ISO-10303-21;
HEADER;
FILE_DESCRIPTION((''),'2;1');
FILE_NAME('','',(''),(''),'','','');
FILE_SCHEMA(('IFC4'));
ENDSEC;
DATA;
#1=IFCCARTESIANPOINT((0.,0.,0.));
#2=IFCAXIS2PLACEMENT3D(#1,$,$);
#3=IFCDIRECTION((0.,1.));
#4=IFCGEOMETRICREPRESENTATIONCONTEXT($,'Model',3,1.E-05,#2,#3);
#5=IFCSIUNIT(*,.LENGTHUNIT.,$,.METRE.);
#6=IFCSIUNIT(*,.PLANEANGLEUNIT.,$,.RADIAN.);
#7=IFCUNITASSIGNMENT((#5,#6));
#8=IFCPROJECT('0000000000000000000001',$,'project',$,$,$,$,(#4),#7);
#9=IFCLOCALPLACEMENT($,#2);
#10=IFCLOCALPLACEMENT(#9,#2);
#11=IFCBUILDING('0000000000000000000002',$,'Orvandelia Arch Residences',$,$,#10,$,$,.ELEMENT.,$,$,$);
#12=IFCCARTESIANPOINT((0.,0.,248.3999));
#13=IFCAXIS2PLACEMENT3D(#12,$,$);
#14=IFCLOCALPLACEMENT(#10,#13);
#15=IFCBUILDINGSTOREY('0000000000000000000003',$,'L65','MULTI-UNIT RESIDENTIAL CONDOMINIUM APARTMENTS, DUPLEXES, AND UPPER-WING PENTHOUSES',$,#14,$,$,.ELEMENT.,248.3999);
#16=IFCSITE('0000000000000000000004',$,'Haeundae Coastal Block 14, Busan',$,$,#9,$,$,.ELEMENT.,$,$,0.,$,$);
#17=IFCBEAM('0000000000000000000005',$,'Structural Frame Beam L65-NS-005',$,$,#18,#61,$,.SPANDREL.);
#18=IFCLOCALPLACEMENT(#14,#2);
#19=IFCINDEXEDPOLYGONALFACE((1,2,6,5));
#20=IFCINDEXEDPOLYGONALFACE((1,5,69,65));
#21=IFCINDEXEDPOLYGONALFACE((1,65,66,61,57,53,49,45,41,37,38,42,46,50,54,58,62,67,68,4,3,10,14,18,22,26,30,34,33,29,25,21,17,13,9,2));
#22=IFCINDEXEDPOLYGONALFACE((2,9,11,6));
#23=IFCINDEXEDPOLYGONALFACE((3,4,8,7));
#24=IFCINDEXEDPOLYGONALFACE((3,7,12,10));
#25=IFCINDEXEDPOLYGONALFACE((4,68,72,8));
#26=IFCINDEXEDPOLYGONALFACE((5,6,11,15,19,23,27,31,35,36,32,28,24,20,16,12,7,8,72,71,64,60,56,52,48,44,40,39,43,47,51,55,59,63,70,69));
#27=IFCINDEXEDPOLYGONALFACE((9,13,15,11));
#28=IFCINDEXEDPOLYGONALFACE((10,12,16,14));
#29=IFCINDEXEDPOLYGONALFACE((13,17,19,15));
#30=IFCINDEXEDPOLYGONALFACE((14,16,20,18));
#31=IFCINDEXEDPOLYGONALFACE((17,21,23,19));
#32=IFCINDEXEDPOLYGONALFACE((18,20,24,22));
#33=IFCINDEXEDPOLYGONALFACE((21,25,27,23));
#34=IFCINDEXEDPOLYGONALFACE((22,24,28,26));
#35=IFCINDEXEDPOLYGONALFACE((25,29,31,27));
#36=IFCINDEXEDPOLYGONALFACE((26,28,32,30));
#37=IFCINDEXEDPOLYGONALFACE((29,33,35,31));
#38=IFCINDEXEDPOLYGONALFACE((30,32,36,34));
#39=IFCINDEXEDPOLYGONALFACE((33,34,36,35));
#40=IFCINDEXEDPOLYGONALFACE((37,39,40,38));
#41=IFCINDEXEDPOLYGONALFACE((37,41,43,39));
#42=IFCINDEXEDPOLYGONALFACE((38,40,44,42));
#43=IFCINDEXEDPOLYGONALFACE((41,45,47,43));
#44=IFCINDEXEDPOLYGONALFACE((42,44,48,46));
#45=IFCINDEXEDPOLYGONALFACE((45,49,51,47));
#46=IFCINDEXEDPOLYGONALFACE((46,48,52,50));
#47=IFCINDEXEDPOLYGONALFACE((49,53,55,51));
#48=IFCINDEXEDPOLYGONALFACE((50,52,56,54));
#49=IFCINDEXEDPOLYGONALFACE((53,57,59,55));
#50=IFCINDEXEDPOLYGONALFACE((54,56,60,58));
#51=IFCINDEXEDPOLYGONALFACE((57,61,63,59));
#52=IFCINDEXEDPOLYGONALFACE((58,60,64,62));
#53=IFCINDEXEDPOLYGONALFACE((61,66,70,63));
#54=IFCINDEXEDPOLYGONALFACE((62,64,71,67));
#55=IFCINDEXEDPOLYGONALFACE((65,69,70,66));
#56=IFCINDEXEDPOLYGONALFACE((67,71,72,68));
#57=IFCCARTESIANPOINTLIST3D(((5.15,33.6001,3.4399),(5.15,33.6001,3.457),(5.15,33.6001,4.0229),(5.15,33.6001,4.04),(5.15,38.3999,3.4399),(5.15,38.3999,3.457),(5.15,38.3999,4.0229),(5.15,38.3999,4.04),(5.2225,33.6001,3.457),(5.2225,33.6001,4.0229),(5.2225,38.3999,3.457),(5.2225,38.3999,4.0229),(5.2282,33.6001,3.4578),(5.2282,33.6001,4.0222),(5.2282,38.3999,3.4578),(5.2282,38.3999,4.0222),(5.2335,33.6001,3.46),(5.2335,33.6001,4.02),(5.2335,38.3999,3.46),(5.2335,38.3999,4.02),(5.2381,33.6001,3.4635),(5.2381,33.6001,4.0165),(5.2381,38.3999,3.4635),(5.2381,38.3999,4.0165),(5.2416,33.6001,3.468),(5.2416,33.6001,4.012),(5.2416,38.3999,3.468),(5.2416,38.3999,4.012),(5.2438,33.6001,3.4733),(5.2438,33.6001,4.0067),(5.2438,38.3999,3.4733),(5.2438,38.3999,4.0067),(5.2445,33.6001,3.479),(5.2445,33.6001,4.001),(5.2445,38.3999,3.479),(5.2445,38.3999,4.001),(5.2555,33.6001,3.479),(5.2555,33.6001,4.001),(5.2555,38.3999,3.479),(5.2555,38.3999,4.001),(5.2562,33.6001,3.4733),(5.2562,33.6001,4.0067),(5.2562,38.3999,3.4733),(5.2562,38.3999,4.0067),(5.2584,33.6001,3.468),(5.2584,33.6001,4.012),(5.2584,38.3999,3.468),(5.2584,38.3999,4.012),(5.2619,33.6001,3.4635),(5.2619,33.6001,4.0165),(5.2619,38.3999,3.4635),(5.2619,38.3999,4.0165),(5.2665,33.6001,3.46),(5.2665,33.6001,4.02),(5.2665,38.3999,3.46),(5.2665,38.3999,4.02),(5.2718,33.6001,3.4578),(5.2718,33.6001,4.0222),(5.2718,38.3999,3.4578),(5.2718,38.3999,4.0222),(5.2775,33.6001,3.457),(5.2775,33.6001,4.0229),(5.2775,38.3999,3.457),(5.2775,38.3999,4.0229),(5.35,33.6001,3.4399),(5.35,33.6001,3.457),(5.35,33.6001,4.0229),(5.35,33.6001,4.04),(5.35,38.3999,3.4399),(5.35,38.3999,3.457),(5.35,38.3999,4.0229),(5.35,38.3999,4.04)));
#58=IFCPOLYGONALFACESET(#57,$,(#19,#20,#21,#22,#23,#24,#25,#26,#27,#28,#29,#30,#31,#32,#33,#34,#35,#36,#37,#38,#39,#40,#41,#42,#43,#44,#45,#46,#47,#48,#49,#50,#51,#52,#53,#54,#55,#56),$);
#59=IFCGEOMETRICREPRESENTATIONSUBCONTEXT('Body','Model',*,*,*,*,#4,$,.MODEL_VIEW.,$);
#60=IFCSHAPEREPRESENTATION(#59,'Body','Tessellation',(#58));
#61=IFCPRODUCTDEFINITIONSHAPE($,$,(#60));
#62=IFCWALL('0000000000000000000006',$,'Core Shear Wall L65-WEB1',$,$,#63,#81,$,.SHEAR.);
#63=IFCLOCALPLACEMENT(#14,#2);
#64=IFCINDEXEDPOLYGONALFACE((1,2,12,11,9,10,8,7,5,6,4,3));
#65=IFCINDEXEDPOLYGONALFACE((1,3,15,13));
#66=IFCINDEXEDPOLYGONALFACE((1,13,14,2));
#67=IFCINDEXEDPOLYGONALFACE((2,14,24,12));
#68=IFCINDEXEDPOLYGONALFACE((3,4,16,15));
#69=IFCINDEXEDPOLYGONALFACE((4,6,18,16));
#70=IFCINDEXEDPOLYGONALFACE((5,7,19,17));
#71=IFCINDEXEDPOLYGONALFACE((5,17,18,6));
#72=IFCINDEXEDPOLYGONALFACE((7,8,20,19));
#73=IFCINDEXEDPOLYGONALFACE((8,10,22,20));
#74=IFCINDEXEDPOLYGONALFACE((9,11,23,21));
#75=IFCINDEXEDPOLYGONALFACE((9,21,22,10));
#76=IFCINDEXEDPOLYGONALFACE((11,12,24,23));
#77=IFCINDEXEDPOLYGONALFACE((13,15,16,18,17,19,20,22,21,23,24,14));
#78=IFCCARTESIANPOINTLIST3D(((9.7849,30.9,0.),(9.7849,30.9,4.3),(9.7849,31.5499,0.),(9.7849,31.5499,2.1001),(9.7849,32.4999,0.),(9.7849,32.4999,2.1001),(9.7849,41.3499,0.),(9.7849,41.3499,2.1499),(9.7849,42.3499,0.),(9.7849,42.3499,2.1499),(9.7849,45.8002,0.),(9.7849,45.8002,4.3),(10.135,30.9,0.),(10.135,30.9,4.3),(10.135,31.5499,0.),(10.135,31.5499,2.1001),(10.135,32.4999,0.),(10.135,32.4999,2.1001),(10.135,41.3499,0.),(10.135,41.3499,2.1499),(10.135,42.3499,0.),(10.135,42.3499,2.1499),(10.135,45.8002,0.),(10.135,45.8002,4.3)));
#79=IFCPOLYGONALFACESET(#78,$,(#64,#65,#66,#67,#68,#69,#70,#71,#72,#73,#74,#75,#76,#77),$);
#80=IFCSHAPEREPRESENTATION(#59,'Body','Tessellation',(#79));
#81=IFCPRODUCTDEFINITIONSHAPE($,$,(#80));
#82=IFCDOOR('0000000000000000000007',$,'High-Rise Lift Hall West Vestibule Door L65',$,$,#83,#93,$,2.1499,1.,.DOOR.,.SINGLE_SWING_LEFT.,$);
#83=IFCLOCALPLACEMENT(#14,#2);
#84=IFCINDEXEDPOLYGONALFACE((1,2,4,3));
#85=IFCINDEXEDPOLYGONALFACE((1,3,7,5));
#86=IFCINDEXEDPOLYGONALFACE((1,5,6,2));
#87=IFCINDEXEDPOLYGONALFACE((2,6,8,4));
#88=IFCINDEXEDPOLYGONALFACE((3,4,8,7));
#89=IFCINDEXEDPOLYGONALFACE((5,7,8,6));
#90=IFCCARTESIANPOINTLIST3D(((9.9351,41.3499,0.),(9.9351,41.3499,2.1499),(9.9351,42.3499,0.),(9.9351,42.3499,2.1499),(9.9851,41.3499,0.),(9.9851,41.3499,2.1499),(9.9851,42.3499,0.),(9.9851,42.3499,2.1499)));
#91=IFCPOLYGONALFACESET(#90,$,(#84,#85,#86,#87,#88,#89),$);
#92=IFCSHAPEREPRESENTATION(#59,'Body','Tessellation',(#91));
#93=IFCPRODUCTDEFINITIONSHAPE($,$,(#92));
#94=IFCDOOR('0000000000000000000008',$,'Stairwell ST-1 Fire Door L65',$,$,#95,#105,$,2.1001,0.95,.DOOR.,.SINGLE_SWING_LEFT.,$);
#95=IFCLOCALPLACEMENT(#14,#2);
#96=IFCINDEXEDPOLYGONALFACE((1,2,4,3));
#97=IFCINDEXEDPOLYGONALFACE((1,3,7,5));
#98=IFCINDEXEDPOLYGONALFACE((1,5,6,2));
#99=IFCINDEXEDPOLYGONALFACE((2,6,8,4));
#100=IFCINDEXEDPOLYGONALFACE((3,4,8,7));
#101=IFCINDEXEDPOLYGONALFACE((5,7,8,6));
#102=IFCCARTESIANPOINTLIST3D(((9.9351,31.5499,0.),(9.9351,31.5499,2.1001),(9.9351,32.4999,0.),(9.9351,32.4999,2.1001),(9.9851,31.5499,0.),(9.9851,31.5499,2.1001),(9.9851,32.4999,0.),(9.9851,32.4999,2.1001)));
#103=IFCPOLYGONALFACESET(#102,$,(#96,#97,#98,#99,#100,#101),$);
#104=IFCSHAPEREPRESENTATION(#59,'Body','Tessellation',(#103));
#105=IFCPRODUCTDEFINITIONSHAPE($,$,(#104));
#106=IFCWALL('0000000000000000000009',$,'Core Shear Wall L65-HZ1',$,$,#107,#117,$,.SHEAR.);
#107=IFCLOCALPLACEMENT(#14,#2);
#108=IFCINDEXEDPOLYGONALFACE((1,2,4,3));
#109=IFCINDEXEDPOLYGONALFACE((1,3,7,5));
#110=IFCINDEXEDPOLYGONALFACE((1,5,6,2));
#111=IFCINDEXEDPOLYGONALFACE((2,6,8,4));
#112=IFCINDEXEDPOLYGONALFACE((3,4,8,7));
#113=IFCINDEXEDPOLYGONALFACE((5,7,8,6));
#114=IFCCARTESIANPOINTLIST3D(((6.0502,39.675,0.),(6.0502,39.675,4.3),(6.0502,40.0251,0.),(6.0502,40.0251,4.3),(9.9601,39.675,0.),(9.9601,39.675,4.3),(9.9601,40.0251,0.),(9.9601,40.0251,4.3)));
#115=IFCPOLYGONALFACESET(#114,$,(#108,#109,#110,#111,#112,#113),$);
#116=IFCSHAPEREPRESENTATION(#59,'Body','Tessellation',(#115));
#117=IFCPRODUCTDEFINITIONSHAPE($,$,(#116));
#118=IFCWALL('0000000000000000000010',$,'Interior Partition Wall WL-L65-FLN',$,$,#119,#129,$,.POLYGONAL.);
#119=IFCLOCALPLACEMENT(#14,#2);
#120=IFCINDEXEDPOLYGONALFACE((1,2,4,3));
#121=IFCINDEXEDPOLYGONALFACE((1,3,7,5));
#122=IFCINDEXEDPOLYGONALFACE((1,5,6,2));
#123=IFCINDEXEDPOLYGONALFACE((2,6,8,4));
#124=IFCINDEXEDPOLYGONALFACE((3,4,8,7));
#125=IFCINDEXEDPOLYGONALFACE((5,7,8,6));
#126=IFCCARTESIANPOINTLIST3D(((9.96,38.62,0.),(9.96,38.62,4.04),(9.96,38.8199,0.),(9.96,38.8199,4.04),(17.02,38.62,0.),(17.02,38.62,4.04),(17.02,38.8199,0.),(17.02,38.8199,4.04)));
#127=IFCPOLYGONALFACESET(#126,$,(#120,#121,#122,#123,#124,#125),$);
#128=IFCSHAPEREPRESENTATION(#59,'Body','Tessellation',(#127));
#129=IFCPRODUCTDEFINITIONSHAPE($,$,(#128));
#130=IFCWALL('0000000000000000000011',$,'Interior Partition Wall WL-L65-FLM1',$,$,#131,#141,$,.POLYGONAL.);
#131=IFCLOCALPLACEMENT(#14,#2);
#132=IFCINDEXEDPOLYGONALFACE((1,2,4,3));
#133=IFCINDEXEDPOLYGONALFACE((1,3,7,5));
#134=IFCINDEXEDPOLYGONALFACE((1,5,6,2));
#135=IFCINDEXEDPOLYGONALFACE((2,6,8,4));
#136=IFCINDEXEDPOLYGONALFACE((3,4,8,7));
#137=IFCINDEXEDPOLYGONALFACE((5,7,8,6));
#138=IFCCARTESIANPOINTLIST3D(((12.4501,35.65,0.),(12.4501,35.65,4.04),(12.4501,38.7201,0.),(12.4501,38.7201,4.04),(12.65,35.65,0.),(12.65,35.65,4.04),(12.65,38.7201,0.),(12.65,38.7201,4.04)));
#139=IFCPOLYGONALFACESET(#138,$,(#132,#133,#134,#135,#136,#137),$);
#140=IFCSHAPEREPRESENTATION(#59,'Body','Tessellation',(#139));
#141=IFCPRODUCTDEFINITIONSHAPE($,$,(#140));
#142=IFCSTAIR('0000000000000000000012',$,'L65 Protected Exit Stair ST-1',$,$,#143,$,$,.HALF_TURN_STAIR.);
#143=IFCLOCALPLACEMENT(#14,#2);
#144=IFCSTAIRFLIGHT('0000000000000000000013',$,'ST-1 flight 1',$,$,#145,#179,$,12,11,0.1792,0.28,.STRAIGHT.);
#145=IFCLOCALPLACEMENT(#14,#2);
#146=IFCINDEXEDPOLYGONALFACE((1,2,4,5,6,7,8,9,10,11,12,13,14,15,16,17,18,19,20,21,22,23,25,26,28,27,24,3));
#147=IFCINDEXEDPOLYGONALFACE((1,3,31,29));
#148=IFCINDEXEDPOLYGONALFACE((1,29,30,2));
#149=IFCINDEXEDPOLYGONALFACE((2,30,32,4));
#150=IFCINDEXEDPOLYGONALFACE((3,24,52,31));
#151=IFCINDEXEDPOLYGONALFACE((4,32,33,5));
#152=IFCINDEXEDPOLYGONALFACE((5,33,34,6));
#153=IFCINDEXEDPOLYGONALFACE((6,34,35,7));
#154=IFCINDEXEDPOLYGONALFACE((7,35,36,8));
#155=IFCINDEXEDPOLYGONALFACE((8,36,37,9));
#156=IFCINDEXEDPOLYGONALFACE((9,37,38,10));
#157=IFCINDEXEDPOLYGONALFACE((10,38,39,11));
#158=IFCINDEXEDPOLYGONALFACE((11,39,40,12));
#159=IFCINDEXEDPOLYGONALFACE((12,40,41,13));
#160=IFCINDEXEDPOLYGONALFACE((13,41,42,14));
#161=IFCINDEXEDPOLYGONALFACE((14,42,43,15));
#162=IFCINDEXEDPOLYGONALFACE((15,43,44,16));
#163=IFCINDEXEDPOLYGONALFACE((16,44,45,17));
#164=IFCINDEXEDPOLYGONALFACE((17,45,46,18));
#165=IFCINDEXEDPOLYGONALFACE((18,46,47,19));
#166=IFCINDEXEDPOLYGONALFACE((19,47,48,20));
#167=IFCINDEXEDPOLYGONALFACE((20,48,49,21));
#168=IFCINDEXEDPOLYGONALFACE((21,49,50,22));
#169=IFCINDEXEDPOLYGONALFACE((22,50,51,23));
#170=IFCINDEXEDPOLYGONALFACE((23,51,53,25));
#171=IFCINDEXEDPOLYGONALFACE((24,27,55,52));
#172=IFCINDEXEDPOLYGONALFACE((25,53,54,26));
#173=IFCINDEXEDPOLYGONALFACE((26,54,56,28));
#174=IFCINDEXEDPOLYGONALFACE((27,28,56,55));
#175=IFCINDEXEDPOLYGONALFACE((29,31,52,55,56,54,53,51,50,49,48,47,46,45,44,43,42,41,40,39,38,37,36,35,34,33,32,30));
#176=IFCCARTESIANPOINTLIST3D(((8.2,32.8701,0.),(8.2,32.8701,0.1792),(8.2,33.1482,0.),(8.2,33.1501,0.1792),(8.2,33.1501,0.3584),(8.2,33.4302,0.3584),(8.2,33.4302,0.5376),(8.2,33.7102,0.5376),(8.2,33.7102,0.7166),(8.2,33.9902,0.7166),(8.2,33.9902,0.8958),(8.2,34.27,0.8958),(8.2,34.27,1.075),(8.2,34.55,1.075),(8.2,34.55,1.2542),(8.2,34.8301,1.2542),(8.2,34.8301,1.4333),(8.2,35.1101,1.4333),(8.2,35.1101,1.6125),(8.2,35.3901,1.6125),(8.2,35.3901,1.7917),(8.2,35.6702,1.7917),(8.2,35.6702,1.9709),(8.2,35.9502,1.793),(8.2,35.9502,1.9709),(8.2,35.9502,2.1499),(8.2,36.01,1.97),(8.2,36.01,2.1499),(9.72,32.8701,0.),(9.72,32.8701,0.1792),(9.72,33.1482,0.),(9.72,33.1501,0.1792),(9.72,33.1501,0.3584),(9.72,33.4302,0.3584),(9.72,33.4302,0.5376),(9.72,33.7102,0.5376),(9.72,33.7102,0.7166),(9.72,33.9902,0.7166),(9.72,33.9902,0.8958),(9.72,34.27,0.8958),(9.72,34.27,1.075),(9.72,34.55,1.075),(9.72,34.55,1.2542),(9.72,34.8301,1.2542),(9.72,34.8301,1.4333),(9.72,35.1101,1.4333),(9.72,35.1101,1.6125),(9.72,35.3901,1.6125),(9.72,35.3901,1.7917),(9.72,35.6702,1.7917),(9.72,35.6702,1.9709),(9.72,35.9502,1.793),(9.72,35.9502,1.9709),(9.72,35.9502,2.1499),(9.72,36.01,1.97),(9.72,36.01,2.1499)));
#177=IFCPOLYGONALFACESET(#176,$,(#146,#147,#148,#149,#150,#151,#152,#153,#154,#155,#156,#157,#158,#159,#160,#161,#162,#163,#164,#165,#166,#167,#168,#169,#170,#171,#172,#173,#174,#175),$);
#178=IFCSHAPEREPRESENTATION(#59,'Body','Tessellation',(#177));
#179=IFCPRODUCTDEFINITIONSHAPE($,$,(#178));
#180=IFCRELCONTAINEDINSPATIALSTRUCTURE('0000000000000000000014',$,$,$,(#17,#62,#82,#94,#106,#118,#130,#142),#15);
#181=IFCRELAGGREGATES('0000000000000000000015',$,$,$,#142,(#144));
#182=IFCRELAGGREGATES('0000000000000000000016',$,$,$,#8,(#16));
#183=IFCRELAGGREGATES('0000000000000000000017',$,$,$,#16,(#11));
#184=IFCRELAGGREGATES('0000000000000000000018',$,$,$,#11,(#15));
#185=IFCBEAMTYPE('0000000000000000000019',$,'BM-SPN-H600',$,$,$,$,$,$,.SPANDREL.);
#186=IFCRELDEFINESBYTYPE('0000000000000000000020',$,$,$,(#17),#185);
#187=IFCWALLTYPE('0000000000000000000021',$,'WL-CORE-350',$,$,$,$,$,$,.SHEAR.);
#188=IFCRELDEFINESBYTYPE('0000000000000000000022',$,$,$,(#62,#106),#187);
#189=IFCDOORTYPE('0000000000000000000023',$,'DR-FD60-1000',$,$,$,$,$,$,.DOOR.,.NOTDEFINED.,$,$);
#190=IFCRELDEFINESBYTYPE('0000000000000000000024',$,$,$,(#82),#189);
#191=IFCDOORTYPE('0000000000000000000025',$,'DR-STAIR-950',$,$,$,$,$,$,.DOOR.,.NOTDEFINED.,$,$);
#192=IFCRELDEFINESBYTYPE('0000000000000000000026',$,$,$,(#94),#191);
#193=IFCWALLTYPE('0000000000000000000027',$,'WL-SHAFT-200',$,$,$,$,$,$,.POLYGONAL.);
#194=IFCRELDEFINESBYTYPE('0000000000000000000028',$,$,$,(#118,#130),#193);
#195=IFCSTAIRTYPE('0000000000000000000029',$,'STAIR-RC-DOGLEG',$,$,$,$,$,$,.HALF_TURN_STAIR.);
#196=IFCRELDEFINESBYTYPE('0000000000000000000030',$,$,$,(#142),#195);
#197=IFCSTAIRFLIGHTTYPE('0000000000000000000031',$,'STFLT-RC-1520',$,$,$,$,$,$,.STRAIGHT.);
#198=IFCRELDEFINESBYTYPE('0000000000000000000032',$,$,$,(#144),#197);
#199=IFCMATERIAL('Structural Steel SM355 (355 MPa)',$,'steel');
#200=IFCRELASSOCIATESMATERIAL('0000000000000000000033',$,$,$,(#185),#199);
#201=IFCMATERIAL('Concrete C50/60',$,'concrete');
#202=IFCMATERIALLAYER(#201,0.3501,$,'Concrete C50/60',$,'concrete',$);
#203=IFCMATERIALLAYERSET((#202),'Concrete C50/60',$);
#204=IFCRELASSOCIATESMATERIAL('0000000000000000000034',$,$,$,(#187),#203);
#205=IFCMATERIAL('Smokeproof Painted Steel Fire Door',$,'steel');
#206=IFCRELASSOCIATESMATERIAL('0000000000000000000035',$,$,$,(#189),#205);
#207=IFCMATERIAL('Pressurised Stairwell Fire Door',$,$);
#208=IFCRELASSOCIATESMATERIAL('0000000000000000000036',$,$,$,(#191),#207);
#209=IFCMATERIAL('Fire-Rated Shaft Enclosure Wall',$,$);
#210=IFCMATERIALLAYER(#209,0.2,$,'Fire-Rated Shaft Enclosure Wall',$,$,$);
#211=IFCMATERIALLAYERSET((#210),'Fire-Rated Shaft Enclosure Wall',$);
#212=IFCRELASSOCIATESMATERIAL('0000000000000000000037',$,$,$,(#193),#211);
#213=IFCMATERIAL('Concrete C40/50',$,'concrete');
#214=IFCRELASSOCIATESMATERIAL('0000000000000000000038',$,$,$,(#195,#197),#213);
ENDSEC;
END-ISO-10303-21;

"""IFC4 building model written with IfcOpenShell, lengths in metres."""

from ifc_helpers import new_model, si_unit, direction, frame, frame_2d, origin, origin_2d, place, context, subcontext, project, spatial, polyline, rectangle, i_section, outline, extrude, material, layer, layer_set, material_profile, profile_set, type_object, element, fill, aggregate, save


model = new_model("IFC4")

# Units and contexts
model_context = context("Model", 3, precision=1e-05, world=origin(), true_north=direction((0.0, 1.0)))
body_context = subcontext(model_context, "Body", "Model", "MODEL_VIEW")
ifc_project = project(units=[si_unit("LENGTHUNIT", "METRE"), si_unit("PLANEANGLEUNIT", "RADIAN")], contexts=[model_context])

# Site, building, storey
site_placement = place(None, origin())
site = spatial("IfcSite", under=ifc_project, at=site_placement, Name="Haeundae Coastal Block 14, Busan", CompositionType="ELEMENT", RefElevation=0.0)
building_placement = place(site_placement, origin())
building = spatial("IfcBuilding", under=site, at=building_placement, Name="Orvandelia Arch Residences", CompositionType="ELEMENT")
storey_placement = place(building_placement, frame((0.0, 0.0, 248.3999)))
storey = spatial("IfcBuildingStorey", under=building, at=storey_placement, Name="L65", Description="MULTI-UNIT RESIDENTIAL CONDOMINIUM APARTMENTS, DUPLEXES, AND UPPER-WING PENTHOUSES", CompositionType="ELEMENT", Elevation=248.3999)

# Shared definitions
ifc_material_1 = material(Name="Concrete C50/60", Category="concrete")

# Beam
ifc_material_2 = material(Name="Structural Steel SM355 (355 MPa)", Category="steel")
ifc_material_profile_1 = material_profile(ifc_material_2, i_section(OverallWidth=0.2, OverallDepth=0.6001, WebThickness=0.011, FlangeThickness=0.0171, FilletRadius=0.022, at=origin_2d()), Name="Structural Steel SM355 (355 MPa)", Category="steel")
ifc_profile_set_1 = profile_set([ifc_material_profile_1], Name="Structural Steel SM355 (355 MPa)")
beam_type_1 = type_object("IfcBeamType", Name="BM-SPN-H600", PredefinedType="SPANDREL", material=ifc_profile_set_1)
beam_1_placement = place(storey_placement, frame((5.25, 33.6001, 3.74), z_axis=(0.0, 1.0, 0.0), x_axis=(-1.0, 0.0, 0.0)))
element("IfcBeam", 1, at=beam_1_placement, inside=storey, type_object=beam_type_1, Name="Structural Frame Beam L65-NS-005", PredefinedType="SPANDREL", context=body_context, shape_type="SweptSolid", body=[
    extrude(i_section(OverallWidth=0.2, OverallDepth=0.6001, WebThickness=0.011, FlangeThickness=0.0171, FilletRadius=0.022, at=origin_2d()), origin(), (0.0, 0.0, 1.0), 4.7998),
])

# Wall, openings, doors
ifc_layer_1 = layer(ifc_material_1, 0.3501, Name="Concrete C50/60", Category="concrete")
ifc_layer_set_1 = layer_set([ifc_layer_1], Name="Concrete C50/60")
wall_type_1 = type_object("IfcWallType", Name="WL-CORE-350", PredefinedType="SHEAR", material=ifc_layer_set_1)
wall_1_placement = place(storey_placement, frame((9.96, 30.8999, 0.0), z_axis=(0.0, 0.0, 1.0), x_axis=(0.0, 1.0, 0.0)))
wall_1 = element("IfcWall", 2, at=wall_1_placement, inside=storey, type_object=wall_type_1, Name="Core Shear Wall L65-WEB1", PredefinedType="SHEAR", context=body_context, shape_type="SweptSolid", body=[
    extrude(rectangle(XDim=14.9001, YDim=0.3501, at=frame_2d((7.4502, 0.0))), origin(), (0.0, 0.0, 1.0), 4.3),
])
opening_1_placement = place(wall_1_placement, frame((0.6499, 0.0, 0.0)))
opening_1 = element("IfcOpeningElement", 3, at=opening_1_placement, cuts=wall_1, PredefinedType="OPENING", context=body_context, shape_type="SweptSolid", body=[
    extrude(rectangle(XDim=0.95, YDim=2.1001, at=frame_2d((0.4751, 1.05))), frame((0.0, 0.1851, 0.0), z_axis=(0.0, -1.0, 0.0), x_axis=(1.0, 0.0, 0.0)), (0.0, 0.0, 1.0), 0.3701),
])
opening_2_placement = place(wall_1_placement, frame((10.45, 0.0, 0.0)))
opening_2 = element("IfcOpeningElement", 4, at=opening_2_placement, cuts=wall_1, PredefinedType="OPENING", context=body_context, shape_type="SweptSolid", body=[
    extrude(rectangle(XDim=1.0, YDim=2.1499, at=frame_2d((0.5, 1.075))), frame((0.0, 0.1851, 0.0), z_axis=(0.0, -1.0, 0.0), x_axis=(1.0, 0.0, 0.0)), (0.0, 0.0, 1.0), 0.3701),
])
ifc_material_3 = material(Name="Smokeproof Painted Steel Fire Door", Category="steel")
door_type_1 = type_object("IfcDoorType", Name="DR-FD60-1000", OperationType="NOTDEFINED", PredefinedType="DOOR", material=ifc_material_3)
door_1_placement = place(opening_2_placement, origin())
door_1 = element("IfcDoor", 5, at=door_1_placement, inside=storey, type_object=door_type_1, Name="High-Rise Lift Hall West Vestibule Door L65", OperationType="SINGLE_SWING_LEFT", OverallHeight=2.1499, OverallWidth=1.0, PredefinedType="DOOR", context=body_context, shape_type="SweptSolid", body=[
    extrude(rectangle(XDim=1.0, YDim=2.1499, at=frame_2d((0.5, 1.075))), frame((0.0, 0.0249, 0.0), z_axis=(0.0, -1.0, 0.0), x_axis=(1.0, 0.0, 0.0)), (0.0, 0.0, 1.0), 0.05),
])
fill(opening_2, door_1)
ifc_material_4 = material(Name="Pressurised Stairwell Fire Door")
door_type_2 = type_object("IfcDoorType", Name="DR-STAIR-950", OperationType="NOTDEFINED", PredefinedType="DOOR", material=ifc_material_4)
door_2_placement = place(opening_1_placement, origin())
door_2 = element("IfcDoor", 6, at=door_2_placement, inside=storey, type_object=door_type_2, Name="Stairwell ST-1 Fire Door L65", OperationType="SINGLE_SWING_LEFT", OverallHeight=2.1001, OverallWidth=0.95, PredefinedType="DOOR", context=body_context, shape_type="SweptSolid", body=[
    extrude(rectangle(XDim=0.95, YDim=2.1001, at=frame_2d((0.4751, 1.05))), frame((0.0, 0.0249, 0.0), z_axis=(0.0, -1.0, 0.0), x_axis=(1.0, 0.0, 0.0)), (0.0, 0.0, 1.0), 0.05),
])
fill(opening_1, door_2)

# Wall
wall_2_placement = place(storey_placement, frame((6.05, 39.8501, 0.0), z_axis=(0.0, 0.0, 1.0), x_axis=(1.0, 0.0, 0.0)))
element("IfcWall", 7, at=wall_2_placement, inside=storey, type_object=wall_type_1, Name="Core Shear Wall L65-HZ1", PredefinedType="SHEAR", context=body_context, shape_type="SweptSolid", body=[
    extrude(rectangle(XDim=3.9099, YDim=0.3501, at=frame_2d((1.9551, 0.0))), origin(), (0.0, 0.0, 1.0), 4.3),
])

# Walls
ifc_material_5 = material(Name="Fire-Rated Shaft Enclosure Wall")
ifc_layer_2 = layer(ifc_material_5, 0.2, Name="Fire-Rated Shaft Enclosure Wall")
ifc_layer_set_2 = layer_set([ifc_layer_2], Name="Fire-Rated Shaft Enclosure Wall")
wall_type_2 = type_object("IfcWallType", Name="WL-SHAFT-200", PredefinedType="POLYGONAL", material=ifc_layer_set_2)
wall_3_placement = place(storey_placement, frame((9.96, 38.72, 0.0), z_axis=(0.0, 0.0, 1.0), x_axis=(1.0, 0.0, 0.0)))
element("IfcWall", 8, at=wall_3_placement, inside=storey, type_object=wall_type_2, Name="Interior Partition Wall WL-L65-FLN", PredefinedType="POLYGONAL", context=body_context, shape_type="SweptSolid", body=[
    extrude(rectangle(XDim=7.0601, YDim=0.2, at=frame_2d((3.53, 0.0))), origin(), (0.0, 0.0, 1.0), 4.04),
])
wall_4_placement = place(storey_placement, frame((12.55, 35.6499, 0.0), z_axis=(0.0, 0.0, 1.0), x_axis=(0.0, 1.0, 0.0)))
element("IfcWall", 9, at=wall_4_placement, inside=storey, type_object=wall_type_2, Name="Interior Partition Wall WL-L65-FLM1", PredefinedType="POLYGONAL", context=body_context, shape_type="SweptSolid", body=[
    extrude(rectangle(XDim=3.0701, YDim=0.2, at=frame_2d((1.5352, 0.0))), origin(), (0.0, 0.0, 1.0), 4.04),
])

# Stair, stair flight
ifc_material_6 = material(Name="Concrete C40/50", Category="concrete")
stair_type = type_object("IfcStairType", Name="STAIR-RC-DOGLEG", PredefinedType="HALF_TURN_STAIR", material=ifc_material_6)
stair_placement = place(storey_placement, origin())
stair = element("IfcStair", 10, at=stair_placement, inside=storey, type_object=stair_type, Name="L65 Protected Exit Stair ST-1", PredefinedType="HALF_TURN_STAIR")
stair_flight_type = type_object("IfcStairFlightType", Name="STFLT-RC-1520", PredefinedType="STRAIGHT", material=ifc_material_6)
stair_flight_1_placement = place(storey_placement, frame((8.96, 32.8701, 0.0), z_axis=(0.0, 0.0, 1.0), x_axis=(0.0, 1.0, 0.0)))
stair_flight_1 = element("IfcStairFlight", 11, at=stair_flight_1_placement, type_object=stair_flight_type, Name="ST-1 flight 1", NumberOfRisers=12, NumberOfTreads=11, PredefinedType="STRAIGHT", RiserHeight=0.1792, TreadLength=0.28, context=body_context, shape_type="SweptSolid", body=[
    extrude(outline(polyline([(0.0, 0.0), (0.0, 0.1792), (0.28, 0.1792), (0.28, 0.3584), (0.5601, 0.3584), (0.5601, 0.5376), (0.8401, 0.5376), (0.8401, 0.7166), (1.1201, 0.7166), (1.1201, 0.8958), (1.3999, 0.8958), (1.3999, 1.075), (1.6799, 1.075), (1.6799, 1.2542), (1.96, 1.2542), (1.96, 1.4333), (2.24, 1.4333), (2.24, 1.6125), (2.52, 1.6125), (2.52, 1.7917), (2.8, 1.7917), (2.8, 1.9709), (3.0801, 1.9709), (3.0801, 2.1499), (3.1399, 2.1499), (3.1399, 1.97), (3.0801, 1.793), (0.2781, 0.0), (0.0, 0.0)])), frame((0.0, 0.76, 0.0), z_axis=(0.0, -1.0, 0.0), x_axis=(1.0, 0.0, 0.0)), (0.0, 0.0, 1.0), 1.52),
])
aggregate(stair, [stair_flight_1])

save(model, "model.ifc")
